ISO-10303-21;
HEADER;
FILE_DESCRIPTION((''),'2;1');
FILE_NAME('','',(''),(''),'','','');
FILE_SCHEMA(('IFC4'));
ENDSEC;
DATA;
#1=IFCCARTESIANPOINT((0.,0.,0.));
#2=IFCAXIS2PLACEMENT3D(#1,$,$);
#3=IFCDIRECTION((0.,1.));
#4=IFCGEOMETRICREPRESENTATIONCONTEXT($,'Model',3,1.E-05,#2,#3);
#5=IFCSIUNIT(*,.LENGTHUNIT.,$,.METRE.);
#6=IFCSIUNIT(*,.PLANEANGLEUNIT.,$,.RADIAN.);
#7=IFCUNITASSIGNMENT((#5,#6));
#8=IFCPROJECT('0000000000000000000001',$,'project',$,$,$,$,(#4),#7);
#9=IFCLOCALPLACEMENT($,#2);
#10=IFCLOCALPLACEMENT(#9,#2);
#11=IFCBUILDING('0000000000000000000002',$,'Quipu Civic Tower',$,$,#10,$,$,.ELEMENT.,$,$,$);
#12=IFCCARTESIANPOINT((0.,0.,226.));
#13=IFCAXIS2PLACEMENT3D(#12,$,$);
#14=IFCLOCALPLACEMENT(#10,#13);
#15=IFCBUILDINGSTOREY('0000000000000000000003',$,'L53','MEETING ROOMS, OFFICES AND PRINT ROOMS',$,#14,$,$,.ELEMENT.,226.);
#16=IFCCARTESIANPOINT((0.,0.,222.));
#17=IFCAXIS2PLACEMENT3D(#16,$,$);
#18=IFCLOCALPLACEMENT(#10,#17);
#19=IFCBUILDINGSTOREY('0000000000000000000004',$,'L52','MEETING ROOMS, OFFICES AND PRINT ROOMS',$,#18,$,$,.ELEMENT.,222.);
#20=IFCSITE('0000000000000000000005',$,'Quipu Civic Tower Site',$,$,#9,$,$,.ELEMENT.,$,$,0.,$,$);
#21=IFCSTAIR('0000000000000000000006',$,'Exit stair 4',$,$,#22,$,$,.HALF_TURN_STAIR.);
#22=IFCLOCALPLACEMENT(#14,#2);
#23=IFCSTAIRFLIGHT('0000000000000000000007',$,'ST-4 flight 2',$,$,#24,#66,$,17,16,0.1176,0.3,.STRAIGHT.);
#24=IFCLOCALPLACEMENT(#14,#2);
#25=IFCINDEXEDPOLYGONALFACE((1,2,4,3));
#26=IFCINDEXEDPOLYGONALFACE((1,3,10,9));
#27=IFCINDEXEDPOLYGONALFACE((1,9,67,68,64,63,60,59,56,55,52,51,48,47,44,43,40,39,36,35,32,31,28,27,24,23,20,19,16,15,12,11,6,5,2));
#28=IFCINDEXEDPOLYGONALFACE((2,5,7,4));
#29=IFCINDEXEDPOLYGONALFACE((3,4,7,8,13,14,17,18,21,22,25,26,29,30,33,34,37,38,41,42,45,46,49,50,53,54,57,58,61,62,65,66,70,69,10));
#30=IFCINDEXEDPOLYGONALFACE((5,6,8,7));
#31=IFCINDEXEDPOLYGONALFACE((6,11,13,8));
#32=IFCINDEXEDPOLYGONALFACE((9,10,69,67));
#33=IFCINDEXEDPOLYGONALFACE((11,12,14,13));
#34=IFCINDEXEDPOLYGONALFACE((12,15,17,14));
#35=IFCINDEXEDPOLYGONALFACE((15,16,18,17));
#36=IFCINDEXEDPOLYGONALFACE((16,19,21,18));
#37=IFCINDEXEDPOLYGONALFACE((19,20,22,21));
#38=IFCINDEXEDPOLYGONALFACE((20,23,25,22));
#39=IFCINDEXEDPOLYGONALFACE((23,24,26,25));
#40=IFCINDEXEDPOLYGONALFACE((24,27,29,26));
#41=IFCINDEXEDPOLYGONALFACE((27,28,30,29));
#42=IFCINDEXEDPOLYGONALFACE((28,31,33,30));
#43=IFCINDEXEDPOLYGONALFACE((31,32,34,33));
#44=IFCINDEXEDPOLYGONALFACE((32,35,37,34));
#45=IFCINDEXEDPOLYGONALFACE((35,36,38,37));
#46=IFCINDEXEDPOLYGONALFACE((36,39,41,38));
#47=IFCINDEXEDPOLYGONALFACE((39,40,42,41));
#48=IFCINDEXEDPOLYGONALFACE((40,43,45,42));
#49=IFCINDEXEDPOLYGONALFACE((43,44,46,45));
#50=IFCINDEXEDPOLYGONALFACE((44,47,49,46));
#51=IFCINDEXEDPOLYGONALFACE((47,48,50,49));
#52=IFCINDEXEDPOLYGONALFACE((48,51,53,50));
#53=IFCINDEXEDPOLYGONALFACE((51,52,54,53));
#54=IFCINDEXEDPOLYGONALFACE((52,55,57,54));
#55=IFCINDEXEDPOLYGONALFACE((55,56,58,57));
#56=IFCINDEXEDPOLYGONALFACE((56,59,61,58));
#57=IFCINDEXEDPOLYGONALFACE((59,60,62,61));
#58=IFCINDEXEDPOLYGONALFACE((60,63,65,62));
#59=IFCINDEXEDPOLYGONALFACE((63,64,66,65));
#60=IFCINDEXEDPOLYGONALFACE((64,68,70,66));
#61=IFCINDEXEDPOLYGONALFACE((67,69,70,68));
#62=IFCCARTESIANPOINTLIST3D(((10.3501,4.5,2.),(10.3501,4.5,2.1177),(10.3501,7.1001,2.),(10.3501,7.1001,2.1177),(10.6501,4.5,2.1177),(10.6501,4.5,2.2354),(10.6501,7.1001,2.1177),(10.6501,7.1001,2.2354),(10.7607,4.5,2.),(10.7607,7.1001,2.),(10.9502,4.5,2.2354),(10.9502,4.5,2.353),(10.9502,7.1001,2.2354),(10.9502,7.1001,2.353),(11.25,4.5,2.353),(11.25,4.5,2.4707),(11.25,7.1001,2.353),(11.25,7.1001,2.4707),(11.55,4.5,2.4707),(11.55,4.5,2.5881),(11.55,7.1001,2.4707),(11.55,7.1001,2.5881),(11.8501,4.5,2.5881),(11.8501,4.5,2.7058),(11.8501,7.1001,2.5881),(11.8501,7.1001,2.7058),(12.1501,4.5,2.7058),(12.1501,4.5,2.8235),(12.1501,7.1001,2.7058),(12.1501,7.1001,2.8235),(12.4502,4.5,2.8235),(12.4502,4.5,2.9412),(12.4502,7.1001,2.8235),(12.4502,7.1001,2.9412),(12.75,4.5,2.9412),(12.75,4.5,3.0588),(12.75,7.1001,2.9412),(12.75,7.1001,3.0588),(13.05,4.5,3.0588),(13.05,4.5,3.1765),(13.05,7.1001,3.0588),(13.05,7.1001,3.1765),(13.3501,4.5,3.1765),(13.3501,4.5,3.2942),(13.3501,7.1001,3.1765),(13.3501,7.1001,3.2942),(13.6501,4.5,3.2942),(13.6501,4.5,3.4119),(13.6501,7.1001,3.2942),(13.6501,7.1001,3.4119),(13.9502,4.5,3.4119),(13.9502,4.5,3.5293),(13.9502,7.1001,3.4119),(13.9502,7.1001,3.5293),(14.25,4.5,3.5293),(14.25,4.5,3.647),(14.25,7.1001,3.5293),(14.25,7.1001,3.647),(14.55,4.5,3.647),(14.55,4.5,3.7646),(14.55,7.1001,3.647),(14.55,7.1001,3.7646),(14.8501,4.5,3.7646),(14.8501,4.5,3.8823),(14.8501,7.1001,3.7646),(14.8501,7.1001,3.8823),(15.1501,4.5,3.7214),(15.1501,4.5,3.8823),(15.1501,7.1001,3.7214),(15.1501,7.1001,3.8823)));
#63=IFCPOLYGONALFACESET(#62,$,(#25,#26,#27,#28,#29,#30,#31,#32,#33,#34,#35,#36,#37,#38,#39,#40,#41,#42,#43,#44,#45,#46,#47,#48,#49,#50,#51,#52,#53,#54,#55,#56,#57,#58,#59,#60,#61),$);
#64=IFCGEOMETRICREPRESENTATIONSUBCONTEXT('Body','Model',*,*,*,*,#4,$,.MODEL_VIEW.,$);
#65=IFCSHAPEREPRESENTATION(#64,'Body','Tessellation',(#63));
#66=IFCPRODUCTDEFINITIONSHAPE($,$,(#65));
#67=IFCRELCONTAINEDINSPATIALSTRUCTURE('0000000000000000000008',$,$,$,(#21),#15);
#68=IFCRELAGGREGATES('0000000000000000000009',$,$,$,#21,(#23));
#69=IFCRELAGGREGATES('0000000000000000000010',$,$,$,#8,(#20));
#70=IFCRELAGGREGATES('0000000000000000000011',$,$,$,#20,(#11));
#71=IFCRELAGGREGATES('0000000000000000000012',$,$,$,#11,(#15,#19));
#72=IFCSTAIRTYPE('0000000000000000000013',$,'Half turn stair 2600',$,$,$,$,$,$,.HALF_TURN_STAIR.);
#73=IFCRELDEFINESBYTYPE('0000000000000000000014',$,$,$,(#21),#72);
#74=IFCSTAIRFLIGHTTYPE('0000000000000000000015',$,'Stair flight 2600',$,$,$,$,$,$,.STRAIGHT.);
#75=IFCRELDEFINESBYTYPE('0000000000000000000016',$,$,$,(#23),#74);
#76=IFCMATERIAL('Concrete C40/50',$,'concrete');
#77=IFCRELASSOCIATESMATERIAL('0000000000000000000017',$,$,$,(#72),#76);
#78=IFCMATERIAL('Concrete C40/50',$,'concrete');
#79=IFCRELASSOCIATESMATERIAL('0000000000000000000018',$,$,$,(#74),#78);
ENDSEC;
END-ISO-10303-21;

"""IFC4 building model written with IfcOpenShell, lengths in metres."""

from ifc_helpers import new_model, si_unit, direction, frame, origin, place, context, subcontext, project, spatial, polyline, outline, extrude, material, type_object, element, aggregate, save


model = new_model("IFC4")

# Units and contexts
model_context = context("Model", 3, precision=1e-05, world=origin(), true_north=direction((0.0, 1.0)))
body_context = subcontext(model_context, "Body", "Model", "MODEL_VIEW")
ifc_project = project(units=[si_unit("LENGTHUNIT", "METRE"), si_unit("PLANEANGLEUNIT", "RADIAN")], contexts=[model_context])

# Site, building, storey
site_placement = place(None, origin())
site = spatial("IfcSite", under=ifc_project, at=site_placement, Name="Quipu Civic Tower Site", CompositionType="ELEMENT", RefElevation=0.0)
building_placement = place(site_placement, origin())
building = spatial("IfcBuilding", under=site, at=building_placement, Name="Quipu Civic Tower", CompositionType="ELEMENT")
storey_1_placement = place(building_placement, frame((0.0, 0.0, 226.0)))
storey_1 = spatial("IfcBuildingStorey", under=building, at=storey_1_placement, Name="L53", Description="MEETING ROOMS, OFFICES AND PRINT ROOMS", CompositionType="ELEMENT", Elevation=226.0)

# Shared definitions
storey_2_placement = place(building_placement, frame((0.0, 0.0, 222.0)))
storey_2 = spatial("IfcBuildingStorey", under=building, at=storey_2_placement, Name="L52", Description="MEETING ROOMS, OFFICES AND PRINT ROOMS", CompositionType="ELEMENT", Elevation=222.0)

# Stair, stair flight
ifc_material_1 = material(Name="Concrete C40/50", Category="concrete")
stair_type = type_object("IfcStairType", Name="Half turn stair 2600", PredefinedType="HALF_TURN_STAIR", material=ifc_material_1)
stair_placement = place(storey_1_placement, origin())
stair = element("IfcStair", 1, at=stair_placement, inside=storey_1, type_object=stair_type, Name="Exit stair 4", PredefinedType="HALF_TURN_STAIR")
ifc_material_2 = material(Name="Concrete C40/50", Category="concrete")
stair_flight_type = type_object("IfcStairFlightType", Name="Stair flight 2600", PredefinedType="STRAIGHT", material=ifc_material_2)
stair_flight_1_placement = place(storey_1_placement, frame((10.3501, 5.8, 2.0), z_axis=(0.0, 0.0, 1.0), x_axis=(1.0, 0.0, 0.0)))
stair_flight_1 = element("IfcStairFlight", 2, at=stair_flight_1_placement, type_object=stair_flight_type, Name="ST-4 flight 2", NumberOfRisers=17, NumberOfTreads=16, PredefinedType="STRAIGHT", RiserHeight=0.1176, TreadLength=0.3, context=body_context, shape_type="SweptSolid", body=[
    extrude(outline(polyline([(0.0, 0.0), (0.0, 0.1177), (0.3, 0.1177), (0.3, 0.2354), (0.6001, 0.2354), (0.6001, 0.353), (0.8999, 0.353), (0.8999, 0.4707), (1.2, 0.4707), (1.2, 0.5881), (1.5, 0.5881), (1.5, 0.7058), (1.8, 0.7058), (1.8, 0.8235), (2.1001, 0.8235), (2.1001, 0.9412), (2.3999, 0.9412), (2.3999, 1.0588), (2.7, 1.0588), (2.7, 1.1765), (3.0, 1.1765), (3.0, 1.2942), (3.3, 1.2942), (3.3, 1.4119), (3.6001, 1.4119), (3.6001, 1.5293), (3.8999, 1.5293), (3.8999, 1.647), (4.2, 1.647), (4.2, 1.7646), (4.5, 1.7646), (4.5, 1.8823), (4.8, 1.8823), (4.8, 2.0), (4.8, 1.7214), (0.4106, 0.0), (0.0, 0.0)])), frame((0.0, 1.3, 0.0), z_axis=(0.0, -1.0, 0.0), x_axis=(1.0, 0.0, 0.0)), (0.0, 0.0, 1.0), 2.6001),
])
aggregate(stair, [stair_flight_1])

save(model, "model.ifc")
